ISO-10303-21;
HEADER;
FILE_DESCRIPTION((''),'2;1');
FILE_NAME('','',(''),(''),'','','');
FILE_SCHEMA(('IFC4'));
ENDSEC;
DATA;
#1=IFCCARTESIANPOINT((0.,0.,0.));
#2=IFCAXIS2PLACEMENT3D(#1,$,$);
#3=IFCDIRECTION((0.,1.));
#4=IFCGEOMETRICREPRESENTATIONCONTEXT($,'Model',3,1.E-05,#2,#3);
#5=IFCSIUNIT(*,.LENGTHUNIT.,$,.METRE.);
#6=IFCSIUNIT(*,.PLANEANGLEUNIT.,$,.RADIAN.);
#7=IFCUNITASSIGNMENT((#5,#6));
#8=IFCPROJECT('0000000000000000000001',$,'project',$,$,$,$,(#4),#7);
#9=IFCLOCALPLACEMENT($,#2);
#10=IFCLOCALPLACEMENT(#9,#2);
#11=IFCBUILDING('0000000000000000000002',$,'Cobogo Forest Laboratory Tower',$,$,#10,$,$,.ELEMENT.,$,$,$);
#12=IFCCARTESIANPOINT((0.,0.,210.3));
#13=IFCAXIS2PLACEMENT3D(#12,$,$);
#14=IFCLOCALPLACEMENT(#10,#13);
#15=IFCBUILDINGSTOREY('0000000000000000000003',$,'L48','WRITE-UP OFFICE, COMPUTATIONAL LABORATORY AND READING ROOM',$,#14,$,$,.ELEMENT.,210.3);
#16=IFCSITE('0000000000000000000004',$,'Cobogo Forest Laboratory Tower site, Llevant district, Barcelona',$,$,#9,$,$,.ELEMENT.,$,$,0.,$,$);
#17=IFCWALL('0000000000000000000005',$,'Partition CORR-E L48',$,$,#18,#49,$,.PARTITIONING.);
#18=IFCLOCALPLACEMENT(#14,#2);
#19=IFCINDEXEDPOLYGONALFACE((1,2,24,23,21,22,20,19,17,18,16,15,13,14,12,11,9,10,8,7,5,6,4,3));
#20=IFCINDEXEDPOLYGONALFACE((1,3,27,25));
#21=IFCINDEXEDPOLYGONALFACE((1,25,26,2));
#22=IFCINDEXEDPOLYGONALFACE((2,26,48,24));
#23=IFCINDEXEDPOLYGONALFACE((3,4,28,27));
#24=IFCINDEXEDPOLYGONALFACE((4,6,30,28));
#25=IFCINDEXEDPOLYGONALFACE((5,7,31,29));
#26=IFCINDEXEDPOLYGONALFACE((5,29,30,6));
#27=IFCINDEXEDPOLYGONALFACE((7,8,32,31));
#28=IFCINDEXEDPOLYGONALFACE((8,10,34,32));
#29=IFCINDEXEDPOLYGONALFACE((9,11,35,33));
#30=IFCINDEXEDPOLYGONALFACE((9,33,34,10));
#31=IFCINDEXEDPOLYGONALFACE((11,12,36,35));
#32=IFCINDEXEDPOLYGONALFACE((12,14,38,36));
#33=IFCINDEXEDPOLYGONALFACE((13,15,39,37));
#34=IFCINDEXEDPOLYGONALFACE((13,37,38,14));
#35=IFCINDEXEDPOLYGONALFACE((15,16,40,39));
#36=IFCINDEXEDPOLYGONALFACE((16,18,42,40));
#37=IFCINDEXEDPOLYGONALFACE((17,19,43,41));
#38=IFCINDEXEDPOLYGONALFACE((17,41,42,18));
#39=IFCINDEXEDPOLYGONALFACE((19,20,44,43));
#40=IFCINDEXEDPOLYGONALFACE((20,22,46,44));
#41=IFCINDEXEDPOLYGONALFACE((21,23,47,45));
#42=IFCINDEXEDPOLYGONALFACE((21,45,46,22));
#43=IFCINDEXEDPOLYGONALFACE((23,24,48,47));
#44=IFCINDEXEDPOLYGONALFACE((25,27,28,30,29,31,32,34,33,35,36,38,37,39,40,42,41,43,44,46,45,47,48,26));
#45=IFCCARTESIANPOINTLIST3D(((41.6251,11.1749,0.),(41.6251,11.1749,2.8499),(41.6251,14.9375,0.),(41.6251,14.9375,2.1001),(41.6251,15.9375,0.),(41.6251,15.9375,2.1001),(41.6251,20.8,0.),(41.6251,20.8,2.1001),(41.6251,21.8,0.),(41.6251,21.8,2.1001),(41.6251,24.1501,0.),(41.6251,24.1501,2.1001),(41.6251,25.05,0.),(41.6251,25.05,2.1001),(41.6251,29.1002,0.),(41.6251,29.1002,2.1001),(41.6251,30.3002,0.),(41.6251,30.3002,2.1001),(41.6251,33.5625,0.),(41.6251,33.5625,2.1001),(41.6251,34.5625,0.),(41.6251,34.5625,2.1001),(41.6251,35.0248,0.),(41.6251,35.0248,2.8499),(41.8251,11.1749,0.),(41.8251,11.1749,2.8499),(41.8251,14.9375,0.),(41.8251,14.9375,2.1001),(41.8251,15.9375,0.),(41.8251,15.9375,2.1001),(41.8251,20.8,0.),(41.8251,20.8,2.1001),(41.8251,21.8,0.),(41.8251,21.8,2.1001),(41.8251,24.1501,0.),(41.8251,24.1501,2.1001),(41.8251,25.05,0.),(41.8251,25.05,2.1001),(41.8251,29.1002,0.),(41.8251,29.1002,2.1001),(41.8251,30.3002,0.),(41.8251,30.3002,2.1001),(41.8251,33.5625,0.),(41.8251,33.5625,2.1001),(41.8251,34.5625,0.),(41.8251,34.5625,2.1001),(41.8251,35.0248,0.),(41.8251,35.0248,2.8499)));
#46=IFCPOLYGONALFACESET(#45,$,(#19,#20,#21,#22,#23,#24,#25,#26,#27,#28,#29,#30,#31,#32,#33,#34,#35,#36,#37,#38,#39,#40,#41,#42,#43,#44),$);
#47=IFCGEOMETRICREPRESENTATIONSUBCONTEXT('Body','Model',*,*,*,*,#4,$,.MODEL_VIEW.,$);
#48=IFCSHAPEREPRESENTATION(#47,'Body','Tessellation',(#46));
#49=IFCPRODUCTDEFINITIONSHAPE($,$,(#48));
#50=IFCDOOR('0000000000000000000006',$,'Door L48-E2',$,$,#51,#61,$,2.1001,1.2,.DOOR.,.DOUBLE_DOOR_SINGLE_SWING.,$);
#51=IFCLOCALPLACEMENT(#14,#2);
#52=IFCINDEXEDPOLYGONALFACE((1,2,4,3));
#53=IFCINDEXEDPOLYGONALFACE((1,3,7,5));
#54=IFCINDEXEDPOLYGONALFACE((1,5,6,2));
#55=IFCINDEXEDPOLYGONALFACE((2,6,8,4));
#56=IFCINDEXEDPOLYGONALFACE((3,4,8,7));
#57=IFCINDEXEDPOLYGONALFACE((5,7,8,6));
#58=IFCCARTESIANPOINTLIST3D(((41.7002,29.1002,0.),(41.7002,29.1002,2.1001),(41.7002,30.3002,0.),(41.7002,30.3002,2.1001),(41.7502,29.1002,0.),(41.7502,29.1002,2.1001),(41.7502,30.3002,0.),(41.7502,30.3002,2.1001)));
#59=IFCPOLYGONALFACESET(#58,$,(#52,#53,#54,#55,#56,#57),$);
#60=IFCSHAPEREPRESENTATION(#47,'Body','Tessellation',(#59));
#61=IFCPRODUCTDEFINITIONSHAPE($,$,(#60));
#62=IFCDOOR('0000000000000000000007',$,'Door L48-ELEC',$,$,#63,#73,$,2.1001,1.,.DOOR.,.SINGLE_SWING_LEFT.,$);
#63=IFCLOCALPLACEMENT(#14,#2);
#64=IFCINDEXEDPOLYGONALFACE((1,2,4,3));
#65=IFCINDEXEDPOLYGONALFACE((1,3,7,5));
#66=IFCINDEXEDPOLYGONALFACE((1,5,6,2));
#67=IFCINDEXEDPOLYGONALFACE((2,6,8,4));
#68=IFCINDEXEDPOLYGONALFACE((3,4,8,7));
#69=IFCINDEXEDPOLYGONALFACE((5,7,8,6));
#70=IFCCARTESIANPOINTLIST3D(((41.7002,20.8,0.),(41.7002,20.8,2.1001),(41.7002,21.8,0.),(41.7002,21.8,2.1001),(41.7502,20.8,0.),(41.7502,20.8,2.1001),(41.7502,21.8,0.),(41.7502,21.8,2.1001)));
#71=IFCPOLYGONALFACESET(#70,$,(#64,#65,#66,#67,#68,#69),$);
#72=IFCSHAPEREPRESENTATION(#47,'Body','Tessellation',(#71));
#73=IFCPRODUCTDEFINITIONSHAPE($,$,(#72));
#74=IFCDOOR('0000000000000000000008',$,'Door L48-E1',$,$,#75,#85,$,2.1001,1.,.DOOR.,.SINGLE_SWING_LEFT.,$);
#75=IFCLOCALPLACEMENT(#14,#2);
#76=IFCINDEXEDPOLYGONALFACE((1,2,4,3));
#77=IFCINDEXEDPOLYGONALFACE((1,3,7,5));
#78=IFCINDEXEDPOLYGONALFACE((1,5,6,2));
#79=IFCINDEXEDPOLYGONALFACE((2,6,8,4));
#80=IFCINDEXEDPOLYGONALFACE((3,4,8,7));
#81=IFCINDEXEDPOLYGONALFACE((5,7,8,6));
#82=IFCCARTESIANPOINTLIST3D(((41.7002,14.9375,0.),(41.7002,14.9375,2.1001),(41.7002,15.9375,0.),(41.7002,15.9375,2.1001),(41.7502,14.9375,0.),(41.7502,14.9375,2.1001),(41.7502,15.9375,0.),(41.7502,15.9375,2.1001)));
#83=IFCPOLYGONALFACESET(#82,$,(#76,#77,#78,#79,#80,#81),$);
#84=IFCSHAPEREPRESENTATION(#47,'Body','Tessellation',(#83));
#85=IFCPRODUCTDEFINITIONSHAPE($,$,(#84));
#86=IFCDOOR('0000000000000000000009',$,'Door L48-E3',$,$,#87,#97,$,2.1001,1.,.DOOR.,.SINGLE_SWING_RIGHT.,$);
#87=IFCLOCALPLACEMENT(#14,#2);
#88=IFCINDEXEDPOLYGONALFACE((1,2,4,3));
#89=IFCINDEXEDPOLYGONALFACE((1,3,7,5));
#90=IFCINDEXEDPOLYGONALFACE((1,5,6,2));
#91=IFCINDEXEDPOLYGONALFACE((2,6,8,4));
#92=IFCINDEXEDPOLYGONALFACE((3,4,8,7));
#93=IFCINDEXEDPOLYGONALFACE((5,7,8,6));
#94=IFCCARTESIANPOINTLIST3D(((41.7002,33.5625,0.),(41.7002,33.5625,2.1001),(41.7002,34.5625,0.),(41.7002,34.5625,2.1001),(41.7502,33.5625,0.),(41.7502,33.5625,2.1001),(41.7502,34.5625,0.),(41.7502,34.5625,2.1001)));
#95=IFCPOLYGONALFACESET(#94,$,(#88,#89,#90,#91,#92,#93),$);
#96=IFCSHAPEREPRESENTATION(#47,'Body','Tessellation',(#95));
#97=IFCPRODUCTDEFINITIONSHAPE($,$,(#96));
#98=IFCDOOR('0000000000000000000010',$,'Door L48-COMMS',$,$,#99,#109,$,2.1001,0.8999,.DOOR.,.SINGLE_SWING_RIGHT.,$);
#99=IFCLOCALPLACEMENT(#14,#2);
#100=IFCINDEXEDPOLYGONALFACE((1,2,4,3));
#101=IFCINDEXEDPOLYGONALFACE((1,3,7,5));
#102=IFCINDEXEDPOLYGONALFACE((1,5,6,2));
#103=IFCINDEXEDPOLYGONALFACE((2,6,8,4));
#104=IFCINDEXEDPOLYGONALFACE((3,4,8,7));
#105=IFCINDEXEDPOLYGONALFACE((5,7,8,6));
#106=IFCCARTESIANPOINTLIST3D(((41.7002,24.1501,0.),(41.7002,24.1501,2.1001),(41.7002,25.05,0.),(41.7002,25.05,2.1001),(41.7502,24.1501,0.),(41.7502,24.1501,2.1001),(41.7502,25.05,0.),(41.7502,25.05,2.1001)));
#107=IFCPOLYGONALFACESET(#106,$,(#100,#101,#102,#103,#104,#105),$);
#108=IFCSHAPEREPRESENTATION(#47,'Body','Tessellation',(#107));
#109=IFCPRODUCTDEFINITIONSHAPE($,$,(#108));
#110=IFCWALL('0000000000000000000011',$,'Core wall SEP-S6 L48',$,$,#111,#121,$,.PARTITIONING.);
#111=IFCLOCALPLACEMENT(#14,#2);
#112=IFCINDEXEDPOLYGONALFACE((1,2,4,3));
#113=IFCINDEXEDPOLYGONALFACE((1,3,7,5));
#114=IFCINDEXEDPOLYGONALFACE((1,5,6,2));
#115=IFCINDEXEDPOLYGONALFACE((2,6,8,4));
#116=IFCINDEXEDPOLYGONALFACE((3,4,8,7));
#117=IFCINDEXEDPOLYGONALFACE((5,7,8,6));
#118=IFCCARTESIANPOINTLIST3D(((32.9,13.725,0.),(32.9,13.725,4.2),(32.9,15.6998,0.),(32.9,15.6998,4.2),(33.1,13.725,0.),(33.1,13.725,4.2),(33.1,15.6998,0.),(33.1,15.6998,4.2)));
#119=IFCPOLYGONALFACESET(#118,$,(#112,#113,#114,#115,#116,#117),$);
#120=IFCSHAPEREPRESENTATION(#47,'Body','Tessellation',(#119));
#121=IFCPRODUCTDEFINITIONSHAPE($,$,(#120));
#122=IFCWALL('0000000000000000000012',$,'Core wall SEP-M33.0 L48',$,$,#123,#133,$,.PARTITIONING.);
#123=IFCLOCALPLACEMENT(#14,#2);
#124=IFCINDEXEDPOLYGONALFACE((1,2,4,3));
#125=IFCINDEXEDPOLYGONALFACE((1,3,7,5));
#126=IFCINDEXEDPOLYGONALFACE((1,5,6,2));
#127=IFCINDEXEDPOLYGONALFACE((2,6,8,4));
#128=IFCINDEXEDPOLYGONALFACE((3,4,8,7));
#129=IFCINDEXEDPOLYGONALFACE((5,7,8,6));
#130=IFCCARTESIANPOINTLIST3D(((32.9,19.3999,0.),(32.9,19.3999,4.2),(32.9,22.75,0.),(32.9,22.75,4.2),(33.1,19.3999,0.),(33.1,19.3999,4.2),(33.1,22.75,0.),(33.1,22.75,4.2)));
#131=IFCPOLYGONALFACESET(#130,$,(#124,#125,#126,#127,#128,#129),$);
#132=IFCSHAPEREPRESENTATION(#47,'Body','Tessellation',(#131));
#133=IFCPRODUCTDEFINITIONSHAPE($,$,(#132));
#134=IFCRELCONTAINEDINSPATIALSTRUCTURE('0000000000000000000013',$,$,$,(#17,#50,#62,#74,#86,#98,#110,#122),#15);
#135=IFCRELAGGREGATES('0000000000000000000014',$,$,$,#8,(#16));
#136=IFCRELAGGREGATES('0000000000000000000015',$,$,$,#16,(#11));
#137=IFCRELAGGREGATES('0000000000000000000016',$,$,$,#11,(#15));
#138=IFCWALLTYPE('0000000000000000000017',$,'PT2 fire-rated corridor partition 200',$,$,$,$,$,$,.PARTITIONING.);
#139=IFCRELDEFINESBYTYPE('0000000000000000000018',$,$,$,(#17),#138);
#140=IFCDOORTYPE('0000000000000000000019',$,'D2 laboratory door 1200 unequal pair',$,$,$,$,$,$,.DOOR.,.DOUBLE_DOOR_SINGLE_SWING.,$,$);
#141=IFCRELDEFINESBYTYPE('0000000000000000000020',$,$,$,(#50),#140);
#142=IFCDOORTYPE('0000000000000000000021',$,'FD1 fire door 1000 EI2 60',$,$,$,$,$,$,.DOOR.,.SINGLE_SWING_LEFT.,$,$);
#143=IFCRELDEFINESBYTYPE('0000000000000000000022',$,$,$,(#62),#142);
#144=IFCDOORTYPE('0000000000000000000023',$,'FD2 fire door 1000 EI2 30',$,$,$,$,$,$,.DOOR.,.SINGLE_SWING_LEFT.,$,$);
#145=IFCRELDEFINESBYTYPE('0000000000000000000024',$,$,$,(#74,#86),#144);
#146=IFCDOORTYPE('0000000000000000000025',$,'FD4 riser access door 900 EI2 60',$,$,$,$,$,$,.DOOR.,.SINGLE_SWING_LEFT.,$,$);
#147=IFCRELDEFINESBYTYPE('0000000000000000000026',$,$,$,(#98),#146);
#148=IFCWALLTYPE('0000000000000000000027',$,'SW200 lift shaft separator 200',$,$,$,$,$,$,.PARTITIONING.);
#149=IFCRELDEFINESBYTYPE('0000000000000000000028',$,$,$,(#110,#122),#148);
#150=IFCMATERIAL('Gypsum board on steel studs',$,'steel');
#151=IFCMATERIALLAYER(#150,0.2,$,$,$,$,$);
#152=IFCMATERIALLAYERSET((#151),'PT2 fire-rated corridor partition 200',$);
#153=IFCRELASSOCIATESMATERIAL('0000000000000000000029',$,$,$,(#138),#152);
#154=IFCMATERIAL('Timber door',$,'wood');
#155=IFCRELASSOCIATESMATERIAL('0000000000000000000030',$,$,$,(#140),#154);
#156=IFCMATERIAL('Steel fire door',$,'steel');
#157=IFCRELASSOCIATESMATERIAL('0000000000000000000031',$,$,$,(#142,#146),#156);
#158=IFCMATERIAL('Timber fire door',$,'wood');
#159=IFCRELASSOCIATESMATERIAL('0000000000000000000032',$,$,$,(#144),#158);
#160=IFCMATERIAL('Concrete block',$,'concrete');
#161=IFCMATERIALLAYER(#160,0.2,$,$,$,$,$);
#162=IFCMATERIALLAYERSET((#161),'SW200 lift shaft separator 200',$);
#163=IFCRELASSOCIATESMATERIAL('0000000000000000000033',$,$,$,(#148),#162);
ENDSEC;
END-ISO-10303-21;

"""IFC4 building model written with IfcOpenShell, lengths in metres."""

from ifc_helpers import new_model, si_unit, direction, frame, frame_2d, origin, place, context, subcontext, project, spatial, rectangle, extrude, material, layer, layer_set, type_object, element, fill, save


model = new_model("IFC4")

# Units and contexts
model_context = context("Model", 3, precision=1e-05, world=origin(), true_north=direction((0.0, 1.0)))
body_context = subcontext(model_context, "Body", "Model", "MODEL_VIEW")
ifc_project = project(units=[si_unit("LENGTHUNIT", "METRE"), si_unit("PLANEANGLEUNIT", "RADIAN")], contexts=[model_context])

# Site, building, storey
site_placement = place(None, origin())
site = spatial("IfcSite", under=ifc_project, at=site_placement, Name="Cobogo Forest Laboratory Tower site, Llevant district, Barcelona", CompositionType="ELEMENT", RefElevation=0.0)
building_placement = place(site_placement, origin())
building = spatial("IfcBuilding", under=site, at=building_placement, Name="Cobogo Forest Laboratory Tower", CompositionType="ELEMENT")
storey_placement = place(building_placement, frame((0.0, 0.0, 210.3)))
storey = spatial("IfcBuildingStorey", under=building, at=storey_placement, Name="L48", Description="WRITE-UP OFFICE, COMPUTATIONAL LABORATORY AND READING ROOM", CompositionType="ELEMENT", Elevation=210.3)

# Shared definitions
ifc_material_1 = material(Name="Steel fire door", Category="steel")

# Shared definitions
ifc_material_2 = material(Name="Gypsum board on steel studs", Category="steel")

# Wall, openings, doors
ifc_layer_1 = layer(ifc_material_2, 0.2)
ifc_layer_set_1 = layer_set([ifc_layer_1], Name="PT2 fire-rated corridor partition 200")
wall_type_1 = type_object("IfcWallType", Name="PT2 fire-rated corridor partition 200", PredefinedType="PARTITIONING", material=ifc_layer_set_1)
wall_1_placement = place(storey_placement, frame((41.7251, 11.175, 0.0), z_axis=(0.0, 0.0, 1.0), x_axis=(0.0, 1.0, 0.0)))
wall_1 = element("IfcWall", 1, at=wall_1_placement, inside=storey, type_object=wall_type_1, Name="Partition CORR-E L48", PredefinedType="PARTITIONING", context=body_context, shape_type="SweptSolid", body=[
    extrude(rectangle(XDim=23.8499, YDim=0.2, at=frame_2d((11.9248, 0.0))), origin(), (0.0, 0.0, 1.0), 2.8499),
])
opening_1_placement = place(wall_1_placement, frame((3.7625, 0.0, 0.0)))
opening_1 = element("IfcOpeningElement", 2, at=opening_1_placement, cuts=wall_1, PredefinedType="OPENING", context=body_context, shape_type="SweptSolid", body=[
    extrude(rectangle(XDim=1.0, YDim=2.1001, at=frame_2d((0.5, 1.05))), frame((0.0, 0.1099, 0.0), z_axis=(0.0, -1.0, 0.0), x_axis=(1.0, 0.0, 0.0)), (0.0, 0.0, 1.0), 0.22),
])
opening_2_placement = place(wall_1_placement, frame((9.625, 0.0, 0.0)))
opening_2 = element("IfcOpeningElement", 3, at=opening_2_placement, cuts=wall_1, PredefinedType="OPENING", context=body_context, shape_type="SweptSolid", body=[
    extrude(rectangle(XDim=1.0, YDim=2.1001, at=frame_2d((0.5, 1.05))), frame((0.0, 0.1099, 0.0), z_axis=(0.0, -1.0, 0.0), x_axis=(1.0, 0.0, 0.0)), (0.0, 0.0, 1.0), 0.22),
])
opening_3_placement = place(wall_1_placement, frame((12.9751, 0.0, 0.0)))
opening_3 = element("IfcOpeningElement", 4, at=opening_3_placement, cuts=wall_1, PredefinedType="OPENING", context=body_context, shape_type="SweptSolid", body=[
    extrude(rectangle(XDim=0.8999, YDim=2.1001, at=frame_2d((0.45, 1.05))), frame((0.0, 0.1099, 0.0), z_axis=(0.0, -1.0, 0.0), x_axis=(1.0, 0.0, 0.0)), (0.0, 0.0, 1.0), 0.22),
])
opening_4_placement = place(wall_1_placement, frame((17.925, 0.0, 0.0)))
opening_4 = element("IfcOpeningElement", 5, at=opening_4_placement, cuts=wall_1, PredefinedType="OPENING", context=body_context, shape_type="SweptSolid", body=[
    extrude(rectangle(XDim=1.2, YDim=2.1001, at=frame_2d((0.6001, 1.05))), frame((0.0, 0.1099, 0.0), z_axis=(0.0, -1.0, 0.0), x_axis=(1.0, 0.0, 0.0)), (0.0, 0.0, 1.0), 0.22),
])
opening_5_placement = place(wall_1_placement, frame((22.3875, 0.0, 0.0)))
opening_5 = element("IfcOpeningElement", 6, at=opening_5_placement, cuts=wall_1, PredefinedType="OPENING", context=body_context, shape_type="SweptSolid", body=[
    extrude(rectangle(XDim=1.0, YDim=2.1001, at=frame_2d((0.5, 1.05))), frame((0.0, 0.1099, 0.0), z_axis=(0.0, -1.0, 0.0), x_axis=(1.0, 0.0, 0.0)), (0.0, 0.0, 1.0), 0.22),
])
ifc_material_3 = material(Name="Timber door", Category="wood")
door_type_1 = type_object("IfcDoorType", Name="D2 laboratory door 1200 unequal pair", OperationType="DOUBLE_DOOR_SINGLE_SWING", PredefinedType="DOOR", material=ifc_material_3)
door_1_placement = place(opening_4_placement, origin())
door_1 = element("IfcDoor", 7, at=door_1_placement, inside=storey, type_object=door_type_1, Name="Door L48-E2", OperationType="DOUBLE_DOOR_SINGLE_SWING", OverallHeight=2.1001, OverallWidth=1.2, PredefinedType="DOOR", context=body_context, shape_type="SweptSolid", body=[
    extrude(rectangle(XDim=1.2, YDim=2.1001, at=frame_2d((0.6001, 1.05))), frame((0.0, 0.0249, 0.0), z_axis=(0.0, -1.0, 0.0), x_axis=(1.0, 0.0, 0.0)), (0.0, 0.0, 1.0), 0.05),
])
fill(opening_4, door_1)
door_type_2 = type_object("IfcDoorType", Name="FD1 fire door 1000 EI2 60", OperationType="SINGLE_SWING_LEFT", PredefinedType="DOOR", material=ifc_material_1)
door_2_placement = place(opening_2_placement, origin())
door_2 = element("IfcDoor", 8, at=door_2_placement, inside=storey, type_object=door_type_2, Name="Door L48-ELEC", OperationType="SINGLE_SWING_LEFT", OverallHeight=2.1001, OverallWidth=1.0, PredefinedType="DOOR", context=body_context, shape_type="SweptSolid", body=[
    extrude(rectangle(XDim=1.0, YDim=2.1001, at=frame_2d((0.5, 1.05))), frame((0.0, 0.0249, 0.0), z_axis=(0.0, -1.0, 0.0), x_axis=(1.0, 0.0, 0.0)), (0.0, 0.0, 1.0), 0.05),
])
fill(opening_2, door_2)
ifc_material_4 = material(Name="Timber fire door", Category="wood")
door_type_3 = type_object("IfcDoorType", Name="FD2 fire door 1000 EI2 30", OperationType="SINGLE_SWING_LEFT", PredefinedType="DOOR", material=ifc_material_4)
door_3_placement = place(opening_1_placement, origin())
door_3 = element("IfcDoor", 9, at=door_3_placement, inside=storey, type_object=door_type_3, Name="Door L48-E1", OperationType="SINGLE_SWING_LEFT", OverallHeight=2.1001, OverallWidth=1.0, PredefinedType="DOOR", context=body_context, shape_type="SweptSolid", body=[
    extrude(rectangle(XDim=1.0, YDim=2.1001, at=frame_2d((0.5, 1.05))), frame((0.0, 0.0249, 0.0), z_axis=(0.0, -1.0, 0.0), x_axis=(1.0, 0.0, 0.0)), (0.0, 0.0, 1.0), 0.05),
])
fill(opening_1, door_3)
door_4_placement = place(opening_5_placement, origin())
door_4 = element("IfcDoor", 10, at=door_4_placement, inside=storey, type_object=door_type_3, Name="Door L48-E3", OperationType="SINGLE_SWING_RIGHT", OverallHeight=2.1001, OverallWidth=1.0, PredefinedType="DOOR", context=body_context, shape_type="SweptSolid", body=[
    extrude(rectangle(XDim=1.0, YDim=2.1001, at=frame_2d((0.5, 1.05))), frame((0.0, 0.0249, 0.0), z_axis=(0.0, -1.0, 0.0), x_axis=(1.0, 0.0, 0.0)), (0.0, 0.0, 1.0), 0.05),
])
fill(opening_5, door_4)
door_type_4 = type_object("IfcDoorType", Name="FD4 riser access door 900 EI2 60", OperationType="SINGLE_SWING_LEFT", PredefinedType="DOOR", material=ifc_material_1)
door_5_placement = place(opening_3_placement, origin())
door_5 = element("IfcDoor", 11, at=door_5_placement, inside=storey, type_object=door_type_4, Name="Door L48-COMMS", OperationType="SINGLE_SWING_RIGHT", OverallHeight=2.1001, OverallWidth=0.8999, PredefinedType="DOOR", context=body_context, shape_type="SweptSolid", body=[
    extrude(rectangle(XDim=0.8999, YDim=2.1001, at=frame_2d((0.45, 1.05))), frame((0.0, 0.0249, 0.0), z_axis=(0.0, -1.0, 0.0), x_axis=(1.0, 0.0, 0.0)), (0.0, 0.0, 1.0), 0.05),
])
fill(opening_3, door_5)

# Walls
ifc_material_5 = material(Name="Concrete block", Category="concrete")
ifc_layer_2 = layer(ifc_material_5, 0.2)
ifc_layer_set_2 = layer_set([ifc_layer_2], Name="SW200 lift shaft separator 200")
wall_type_2 = type_object("IfcWallType", Name="SW200 lift shaft separator 200", PredefinedType="PARTITIONING", material=ifc_layer_set_2)
wall_2_placement = place(storey_placement, frame((33.0, 13.7251, 0.0), z_axis=(0.0, 0.0, 1.0), x_axis=(0.0, 1.0, 0.0)))
element("IfcWall", 12, at=wall_2_placement, inside=storey, type_object=wall_type_2, Name="Core wall SEP-S6 L48", PredefinedType="PARTITIONING", context=body_context, shape_type="SweptSolid", body=[
    extrude(rectangle(XDim=1.9749, YDim=0.2, at=frame_2d((0.9873, 0.0))), origin(), (0.0, 0.0, 1.0), 4.2),
])
wall_3_placement = place(storey_placement, frame((33.0, 19.3999, 0.0), z_axis=(0.0, 0.0, 1.0), x_axis=(0.0, 1.0, 0.0)))
element("IfcWall", 13, at=wall_3_placement, inside=storey, type_object=wall_type_2, Name="Core wall SEP-M33.0 L48", PredefinedType="PARTITIONING", context=body_context, shape_type="SweptSolid", body=[
    extrude(rectangle(XDim=3.3501, YDim=0.2, at=frame_2d((1.675, 0.0))), origin(), (0.0, 0.0, 1.0), 4.2),
])

save(model, "model.ifc")
